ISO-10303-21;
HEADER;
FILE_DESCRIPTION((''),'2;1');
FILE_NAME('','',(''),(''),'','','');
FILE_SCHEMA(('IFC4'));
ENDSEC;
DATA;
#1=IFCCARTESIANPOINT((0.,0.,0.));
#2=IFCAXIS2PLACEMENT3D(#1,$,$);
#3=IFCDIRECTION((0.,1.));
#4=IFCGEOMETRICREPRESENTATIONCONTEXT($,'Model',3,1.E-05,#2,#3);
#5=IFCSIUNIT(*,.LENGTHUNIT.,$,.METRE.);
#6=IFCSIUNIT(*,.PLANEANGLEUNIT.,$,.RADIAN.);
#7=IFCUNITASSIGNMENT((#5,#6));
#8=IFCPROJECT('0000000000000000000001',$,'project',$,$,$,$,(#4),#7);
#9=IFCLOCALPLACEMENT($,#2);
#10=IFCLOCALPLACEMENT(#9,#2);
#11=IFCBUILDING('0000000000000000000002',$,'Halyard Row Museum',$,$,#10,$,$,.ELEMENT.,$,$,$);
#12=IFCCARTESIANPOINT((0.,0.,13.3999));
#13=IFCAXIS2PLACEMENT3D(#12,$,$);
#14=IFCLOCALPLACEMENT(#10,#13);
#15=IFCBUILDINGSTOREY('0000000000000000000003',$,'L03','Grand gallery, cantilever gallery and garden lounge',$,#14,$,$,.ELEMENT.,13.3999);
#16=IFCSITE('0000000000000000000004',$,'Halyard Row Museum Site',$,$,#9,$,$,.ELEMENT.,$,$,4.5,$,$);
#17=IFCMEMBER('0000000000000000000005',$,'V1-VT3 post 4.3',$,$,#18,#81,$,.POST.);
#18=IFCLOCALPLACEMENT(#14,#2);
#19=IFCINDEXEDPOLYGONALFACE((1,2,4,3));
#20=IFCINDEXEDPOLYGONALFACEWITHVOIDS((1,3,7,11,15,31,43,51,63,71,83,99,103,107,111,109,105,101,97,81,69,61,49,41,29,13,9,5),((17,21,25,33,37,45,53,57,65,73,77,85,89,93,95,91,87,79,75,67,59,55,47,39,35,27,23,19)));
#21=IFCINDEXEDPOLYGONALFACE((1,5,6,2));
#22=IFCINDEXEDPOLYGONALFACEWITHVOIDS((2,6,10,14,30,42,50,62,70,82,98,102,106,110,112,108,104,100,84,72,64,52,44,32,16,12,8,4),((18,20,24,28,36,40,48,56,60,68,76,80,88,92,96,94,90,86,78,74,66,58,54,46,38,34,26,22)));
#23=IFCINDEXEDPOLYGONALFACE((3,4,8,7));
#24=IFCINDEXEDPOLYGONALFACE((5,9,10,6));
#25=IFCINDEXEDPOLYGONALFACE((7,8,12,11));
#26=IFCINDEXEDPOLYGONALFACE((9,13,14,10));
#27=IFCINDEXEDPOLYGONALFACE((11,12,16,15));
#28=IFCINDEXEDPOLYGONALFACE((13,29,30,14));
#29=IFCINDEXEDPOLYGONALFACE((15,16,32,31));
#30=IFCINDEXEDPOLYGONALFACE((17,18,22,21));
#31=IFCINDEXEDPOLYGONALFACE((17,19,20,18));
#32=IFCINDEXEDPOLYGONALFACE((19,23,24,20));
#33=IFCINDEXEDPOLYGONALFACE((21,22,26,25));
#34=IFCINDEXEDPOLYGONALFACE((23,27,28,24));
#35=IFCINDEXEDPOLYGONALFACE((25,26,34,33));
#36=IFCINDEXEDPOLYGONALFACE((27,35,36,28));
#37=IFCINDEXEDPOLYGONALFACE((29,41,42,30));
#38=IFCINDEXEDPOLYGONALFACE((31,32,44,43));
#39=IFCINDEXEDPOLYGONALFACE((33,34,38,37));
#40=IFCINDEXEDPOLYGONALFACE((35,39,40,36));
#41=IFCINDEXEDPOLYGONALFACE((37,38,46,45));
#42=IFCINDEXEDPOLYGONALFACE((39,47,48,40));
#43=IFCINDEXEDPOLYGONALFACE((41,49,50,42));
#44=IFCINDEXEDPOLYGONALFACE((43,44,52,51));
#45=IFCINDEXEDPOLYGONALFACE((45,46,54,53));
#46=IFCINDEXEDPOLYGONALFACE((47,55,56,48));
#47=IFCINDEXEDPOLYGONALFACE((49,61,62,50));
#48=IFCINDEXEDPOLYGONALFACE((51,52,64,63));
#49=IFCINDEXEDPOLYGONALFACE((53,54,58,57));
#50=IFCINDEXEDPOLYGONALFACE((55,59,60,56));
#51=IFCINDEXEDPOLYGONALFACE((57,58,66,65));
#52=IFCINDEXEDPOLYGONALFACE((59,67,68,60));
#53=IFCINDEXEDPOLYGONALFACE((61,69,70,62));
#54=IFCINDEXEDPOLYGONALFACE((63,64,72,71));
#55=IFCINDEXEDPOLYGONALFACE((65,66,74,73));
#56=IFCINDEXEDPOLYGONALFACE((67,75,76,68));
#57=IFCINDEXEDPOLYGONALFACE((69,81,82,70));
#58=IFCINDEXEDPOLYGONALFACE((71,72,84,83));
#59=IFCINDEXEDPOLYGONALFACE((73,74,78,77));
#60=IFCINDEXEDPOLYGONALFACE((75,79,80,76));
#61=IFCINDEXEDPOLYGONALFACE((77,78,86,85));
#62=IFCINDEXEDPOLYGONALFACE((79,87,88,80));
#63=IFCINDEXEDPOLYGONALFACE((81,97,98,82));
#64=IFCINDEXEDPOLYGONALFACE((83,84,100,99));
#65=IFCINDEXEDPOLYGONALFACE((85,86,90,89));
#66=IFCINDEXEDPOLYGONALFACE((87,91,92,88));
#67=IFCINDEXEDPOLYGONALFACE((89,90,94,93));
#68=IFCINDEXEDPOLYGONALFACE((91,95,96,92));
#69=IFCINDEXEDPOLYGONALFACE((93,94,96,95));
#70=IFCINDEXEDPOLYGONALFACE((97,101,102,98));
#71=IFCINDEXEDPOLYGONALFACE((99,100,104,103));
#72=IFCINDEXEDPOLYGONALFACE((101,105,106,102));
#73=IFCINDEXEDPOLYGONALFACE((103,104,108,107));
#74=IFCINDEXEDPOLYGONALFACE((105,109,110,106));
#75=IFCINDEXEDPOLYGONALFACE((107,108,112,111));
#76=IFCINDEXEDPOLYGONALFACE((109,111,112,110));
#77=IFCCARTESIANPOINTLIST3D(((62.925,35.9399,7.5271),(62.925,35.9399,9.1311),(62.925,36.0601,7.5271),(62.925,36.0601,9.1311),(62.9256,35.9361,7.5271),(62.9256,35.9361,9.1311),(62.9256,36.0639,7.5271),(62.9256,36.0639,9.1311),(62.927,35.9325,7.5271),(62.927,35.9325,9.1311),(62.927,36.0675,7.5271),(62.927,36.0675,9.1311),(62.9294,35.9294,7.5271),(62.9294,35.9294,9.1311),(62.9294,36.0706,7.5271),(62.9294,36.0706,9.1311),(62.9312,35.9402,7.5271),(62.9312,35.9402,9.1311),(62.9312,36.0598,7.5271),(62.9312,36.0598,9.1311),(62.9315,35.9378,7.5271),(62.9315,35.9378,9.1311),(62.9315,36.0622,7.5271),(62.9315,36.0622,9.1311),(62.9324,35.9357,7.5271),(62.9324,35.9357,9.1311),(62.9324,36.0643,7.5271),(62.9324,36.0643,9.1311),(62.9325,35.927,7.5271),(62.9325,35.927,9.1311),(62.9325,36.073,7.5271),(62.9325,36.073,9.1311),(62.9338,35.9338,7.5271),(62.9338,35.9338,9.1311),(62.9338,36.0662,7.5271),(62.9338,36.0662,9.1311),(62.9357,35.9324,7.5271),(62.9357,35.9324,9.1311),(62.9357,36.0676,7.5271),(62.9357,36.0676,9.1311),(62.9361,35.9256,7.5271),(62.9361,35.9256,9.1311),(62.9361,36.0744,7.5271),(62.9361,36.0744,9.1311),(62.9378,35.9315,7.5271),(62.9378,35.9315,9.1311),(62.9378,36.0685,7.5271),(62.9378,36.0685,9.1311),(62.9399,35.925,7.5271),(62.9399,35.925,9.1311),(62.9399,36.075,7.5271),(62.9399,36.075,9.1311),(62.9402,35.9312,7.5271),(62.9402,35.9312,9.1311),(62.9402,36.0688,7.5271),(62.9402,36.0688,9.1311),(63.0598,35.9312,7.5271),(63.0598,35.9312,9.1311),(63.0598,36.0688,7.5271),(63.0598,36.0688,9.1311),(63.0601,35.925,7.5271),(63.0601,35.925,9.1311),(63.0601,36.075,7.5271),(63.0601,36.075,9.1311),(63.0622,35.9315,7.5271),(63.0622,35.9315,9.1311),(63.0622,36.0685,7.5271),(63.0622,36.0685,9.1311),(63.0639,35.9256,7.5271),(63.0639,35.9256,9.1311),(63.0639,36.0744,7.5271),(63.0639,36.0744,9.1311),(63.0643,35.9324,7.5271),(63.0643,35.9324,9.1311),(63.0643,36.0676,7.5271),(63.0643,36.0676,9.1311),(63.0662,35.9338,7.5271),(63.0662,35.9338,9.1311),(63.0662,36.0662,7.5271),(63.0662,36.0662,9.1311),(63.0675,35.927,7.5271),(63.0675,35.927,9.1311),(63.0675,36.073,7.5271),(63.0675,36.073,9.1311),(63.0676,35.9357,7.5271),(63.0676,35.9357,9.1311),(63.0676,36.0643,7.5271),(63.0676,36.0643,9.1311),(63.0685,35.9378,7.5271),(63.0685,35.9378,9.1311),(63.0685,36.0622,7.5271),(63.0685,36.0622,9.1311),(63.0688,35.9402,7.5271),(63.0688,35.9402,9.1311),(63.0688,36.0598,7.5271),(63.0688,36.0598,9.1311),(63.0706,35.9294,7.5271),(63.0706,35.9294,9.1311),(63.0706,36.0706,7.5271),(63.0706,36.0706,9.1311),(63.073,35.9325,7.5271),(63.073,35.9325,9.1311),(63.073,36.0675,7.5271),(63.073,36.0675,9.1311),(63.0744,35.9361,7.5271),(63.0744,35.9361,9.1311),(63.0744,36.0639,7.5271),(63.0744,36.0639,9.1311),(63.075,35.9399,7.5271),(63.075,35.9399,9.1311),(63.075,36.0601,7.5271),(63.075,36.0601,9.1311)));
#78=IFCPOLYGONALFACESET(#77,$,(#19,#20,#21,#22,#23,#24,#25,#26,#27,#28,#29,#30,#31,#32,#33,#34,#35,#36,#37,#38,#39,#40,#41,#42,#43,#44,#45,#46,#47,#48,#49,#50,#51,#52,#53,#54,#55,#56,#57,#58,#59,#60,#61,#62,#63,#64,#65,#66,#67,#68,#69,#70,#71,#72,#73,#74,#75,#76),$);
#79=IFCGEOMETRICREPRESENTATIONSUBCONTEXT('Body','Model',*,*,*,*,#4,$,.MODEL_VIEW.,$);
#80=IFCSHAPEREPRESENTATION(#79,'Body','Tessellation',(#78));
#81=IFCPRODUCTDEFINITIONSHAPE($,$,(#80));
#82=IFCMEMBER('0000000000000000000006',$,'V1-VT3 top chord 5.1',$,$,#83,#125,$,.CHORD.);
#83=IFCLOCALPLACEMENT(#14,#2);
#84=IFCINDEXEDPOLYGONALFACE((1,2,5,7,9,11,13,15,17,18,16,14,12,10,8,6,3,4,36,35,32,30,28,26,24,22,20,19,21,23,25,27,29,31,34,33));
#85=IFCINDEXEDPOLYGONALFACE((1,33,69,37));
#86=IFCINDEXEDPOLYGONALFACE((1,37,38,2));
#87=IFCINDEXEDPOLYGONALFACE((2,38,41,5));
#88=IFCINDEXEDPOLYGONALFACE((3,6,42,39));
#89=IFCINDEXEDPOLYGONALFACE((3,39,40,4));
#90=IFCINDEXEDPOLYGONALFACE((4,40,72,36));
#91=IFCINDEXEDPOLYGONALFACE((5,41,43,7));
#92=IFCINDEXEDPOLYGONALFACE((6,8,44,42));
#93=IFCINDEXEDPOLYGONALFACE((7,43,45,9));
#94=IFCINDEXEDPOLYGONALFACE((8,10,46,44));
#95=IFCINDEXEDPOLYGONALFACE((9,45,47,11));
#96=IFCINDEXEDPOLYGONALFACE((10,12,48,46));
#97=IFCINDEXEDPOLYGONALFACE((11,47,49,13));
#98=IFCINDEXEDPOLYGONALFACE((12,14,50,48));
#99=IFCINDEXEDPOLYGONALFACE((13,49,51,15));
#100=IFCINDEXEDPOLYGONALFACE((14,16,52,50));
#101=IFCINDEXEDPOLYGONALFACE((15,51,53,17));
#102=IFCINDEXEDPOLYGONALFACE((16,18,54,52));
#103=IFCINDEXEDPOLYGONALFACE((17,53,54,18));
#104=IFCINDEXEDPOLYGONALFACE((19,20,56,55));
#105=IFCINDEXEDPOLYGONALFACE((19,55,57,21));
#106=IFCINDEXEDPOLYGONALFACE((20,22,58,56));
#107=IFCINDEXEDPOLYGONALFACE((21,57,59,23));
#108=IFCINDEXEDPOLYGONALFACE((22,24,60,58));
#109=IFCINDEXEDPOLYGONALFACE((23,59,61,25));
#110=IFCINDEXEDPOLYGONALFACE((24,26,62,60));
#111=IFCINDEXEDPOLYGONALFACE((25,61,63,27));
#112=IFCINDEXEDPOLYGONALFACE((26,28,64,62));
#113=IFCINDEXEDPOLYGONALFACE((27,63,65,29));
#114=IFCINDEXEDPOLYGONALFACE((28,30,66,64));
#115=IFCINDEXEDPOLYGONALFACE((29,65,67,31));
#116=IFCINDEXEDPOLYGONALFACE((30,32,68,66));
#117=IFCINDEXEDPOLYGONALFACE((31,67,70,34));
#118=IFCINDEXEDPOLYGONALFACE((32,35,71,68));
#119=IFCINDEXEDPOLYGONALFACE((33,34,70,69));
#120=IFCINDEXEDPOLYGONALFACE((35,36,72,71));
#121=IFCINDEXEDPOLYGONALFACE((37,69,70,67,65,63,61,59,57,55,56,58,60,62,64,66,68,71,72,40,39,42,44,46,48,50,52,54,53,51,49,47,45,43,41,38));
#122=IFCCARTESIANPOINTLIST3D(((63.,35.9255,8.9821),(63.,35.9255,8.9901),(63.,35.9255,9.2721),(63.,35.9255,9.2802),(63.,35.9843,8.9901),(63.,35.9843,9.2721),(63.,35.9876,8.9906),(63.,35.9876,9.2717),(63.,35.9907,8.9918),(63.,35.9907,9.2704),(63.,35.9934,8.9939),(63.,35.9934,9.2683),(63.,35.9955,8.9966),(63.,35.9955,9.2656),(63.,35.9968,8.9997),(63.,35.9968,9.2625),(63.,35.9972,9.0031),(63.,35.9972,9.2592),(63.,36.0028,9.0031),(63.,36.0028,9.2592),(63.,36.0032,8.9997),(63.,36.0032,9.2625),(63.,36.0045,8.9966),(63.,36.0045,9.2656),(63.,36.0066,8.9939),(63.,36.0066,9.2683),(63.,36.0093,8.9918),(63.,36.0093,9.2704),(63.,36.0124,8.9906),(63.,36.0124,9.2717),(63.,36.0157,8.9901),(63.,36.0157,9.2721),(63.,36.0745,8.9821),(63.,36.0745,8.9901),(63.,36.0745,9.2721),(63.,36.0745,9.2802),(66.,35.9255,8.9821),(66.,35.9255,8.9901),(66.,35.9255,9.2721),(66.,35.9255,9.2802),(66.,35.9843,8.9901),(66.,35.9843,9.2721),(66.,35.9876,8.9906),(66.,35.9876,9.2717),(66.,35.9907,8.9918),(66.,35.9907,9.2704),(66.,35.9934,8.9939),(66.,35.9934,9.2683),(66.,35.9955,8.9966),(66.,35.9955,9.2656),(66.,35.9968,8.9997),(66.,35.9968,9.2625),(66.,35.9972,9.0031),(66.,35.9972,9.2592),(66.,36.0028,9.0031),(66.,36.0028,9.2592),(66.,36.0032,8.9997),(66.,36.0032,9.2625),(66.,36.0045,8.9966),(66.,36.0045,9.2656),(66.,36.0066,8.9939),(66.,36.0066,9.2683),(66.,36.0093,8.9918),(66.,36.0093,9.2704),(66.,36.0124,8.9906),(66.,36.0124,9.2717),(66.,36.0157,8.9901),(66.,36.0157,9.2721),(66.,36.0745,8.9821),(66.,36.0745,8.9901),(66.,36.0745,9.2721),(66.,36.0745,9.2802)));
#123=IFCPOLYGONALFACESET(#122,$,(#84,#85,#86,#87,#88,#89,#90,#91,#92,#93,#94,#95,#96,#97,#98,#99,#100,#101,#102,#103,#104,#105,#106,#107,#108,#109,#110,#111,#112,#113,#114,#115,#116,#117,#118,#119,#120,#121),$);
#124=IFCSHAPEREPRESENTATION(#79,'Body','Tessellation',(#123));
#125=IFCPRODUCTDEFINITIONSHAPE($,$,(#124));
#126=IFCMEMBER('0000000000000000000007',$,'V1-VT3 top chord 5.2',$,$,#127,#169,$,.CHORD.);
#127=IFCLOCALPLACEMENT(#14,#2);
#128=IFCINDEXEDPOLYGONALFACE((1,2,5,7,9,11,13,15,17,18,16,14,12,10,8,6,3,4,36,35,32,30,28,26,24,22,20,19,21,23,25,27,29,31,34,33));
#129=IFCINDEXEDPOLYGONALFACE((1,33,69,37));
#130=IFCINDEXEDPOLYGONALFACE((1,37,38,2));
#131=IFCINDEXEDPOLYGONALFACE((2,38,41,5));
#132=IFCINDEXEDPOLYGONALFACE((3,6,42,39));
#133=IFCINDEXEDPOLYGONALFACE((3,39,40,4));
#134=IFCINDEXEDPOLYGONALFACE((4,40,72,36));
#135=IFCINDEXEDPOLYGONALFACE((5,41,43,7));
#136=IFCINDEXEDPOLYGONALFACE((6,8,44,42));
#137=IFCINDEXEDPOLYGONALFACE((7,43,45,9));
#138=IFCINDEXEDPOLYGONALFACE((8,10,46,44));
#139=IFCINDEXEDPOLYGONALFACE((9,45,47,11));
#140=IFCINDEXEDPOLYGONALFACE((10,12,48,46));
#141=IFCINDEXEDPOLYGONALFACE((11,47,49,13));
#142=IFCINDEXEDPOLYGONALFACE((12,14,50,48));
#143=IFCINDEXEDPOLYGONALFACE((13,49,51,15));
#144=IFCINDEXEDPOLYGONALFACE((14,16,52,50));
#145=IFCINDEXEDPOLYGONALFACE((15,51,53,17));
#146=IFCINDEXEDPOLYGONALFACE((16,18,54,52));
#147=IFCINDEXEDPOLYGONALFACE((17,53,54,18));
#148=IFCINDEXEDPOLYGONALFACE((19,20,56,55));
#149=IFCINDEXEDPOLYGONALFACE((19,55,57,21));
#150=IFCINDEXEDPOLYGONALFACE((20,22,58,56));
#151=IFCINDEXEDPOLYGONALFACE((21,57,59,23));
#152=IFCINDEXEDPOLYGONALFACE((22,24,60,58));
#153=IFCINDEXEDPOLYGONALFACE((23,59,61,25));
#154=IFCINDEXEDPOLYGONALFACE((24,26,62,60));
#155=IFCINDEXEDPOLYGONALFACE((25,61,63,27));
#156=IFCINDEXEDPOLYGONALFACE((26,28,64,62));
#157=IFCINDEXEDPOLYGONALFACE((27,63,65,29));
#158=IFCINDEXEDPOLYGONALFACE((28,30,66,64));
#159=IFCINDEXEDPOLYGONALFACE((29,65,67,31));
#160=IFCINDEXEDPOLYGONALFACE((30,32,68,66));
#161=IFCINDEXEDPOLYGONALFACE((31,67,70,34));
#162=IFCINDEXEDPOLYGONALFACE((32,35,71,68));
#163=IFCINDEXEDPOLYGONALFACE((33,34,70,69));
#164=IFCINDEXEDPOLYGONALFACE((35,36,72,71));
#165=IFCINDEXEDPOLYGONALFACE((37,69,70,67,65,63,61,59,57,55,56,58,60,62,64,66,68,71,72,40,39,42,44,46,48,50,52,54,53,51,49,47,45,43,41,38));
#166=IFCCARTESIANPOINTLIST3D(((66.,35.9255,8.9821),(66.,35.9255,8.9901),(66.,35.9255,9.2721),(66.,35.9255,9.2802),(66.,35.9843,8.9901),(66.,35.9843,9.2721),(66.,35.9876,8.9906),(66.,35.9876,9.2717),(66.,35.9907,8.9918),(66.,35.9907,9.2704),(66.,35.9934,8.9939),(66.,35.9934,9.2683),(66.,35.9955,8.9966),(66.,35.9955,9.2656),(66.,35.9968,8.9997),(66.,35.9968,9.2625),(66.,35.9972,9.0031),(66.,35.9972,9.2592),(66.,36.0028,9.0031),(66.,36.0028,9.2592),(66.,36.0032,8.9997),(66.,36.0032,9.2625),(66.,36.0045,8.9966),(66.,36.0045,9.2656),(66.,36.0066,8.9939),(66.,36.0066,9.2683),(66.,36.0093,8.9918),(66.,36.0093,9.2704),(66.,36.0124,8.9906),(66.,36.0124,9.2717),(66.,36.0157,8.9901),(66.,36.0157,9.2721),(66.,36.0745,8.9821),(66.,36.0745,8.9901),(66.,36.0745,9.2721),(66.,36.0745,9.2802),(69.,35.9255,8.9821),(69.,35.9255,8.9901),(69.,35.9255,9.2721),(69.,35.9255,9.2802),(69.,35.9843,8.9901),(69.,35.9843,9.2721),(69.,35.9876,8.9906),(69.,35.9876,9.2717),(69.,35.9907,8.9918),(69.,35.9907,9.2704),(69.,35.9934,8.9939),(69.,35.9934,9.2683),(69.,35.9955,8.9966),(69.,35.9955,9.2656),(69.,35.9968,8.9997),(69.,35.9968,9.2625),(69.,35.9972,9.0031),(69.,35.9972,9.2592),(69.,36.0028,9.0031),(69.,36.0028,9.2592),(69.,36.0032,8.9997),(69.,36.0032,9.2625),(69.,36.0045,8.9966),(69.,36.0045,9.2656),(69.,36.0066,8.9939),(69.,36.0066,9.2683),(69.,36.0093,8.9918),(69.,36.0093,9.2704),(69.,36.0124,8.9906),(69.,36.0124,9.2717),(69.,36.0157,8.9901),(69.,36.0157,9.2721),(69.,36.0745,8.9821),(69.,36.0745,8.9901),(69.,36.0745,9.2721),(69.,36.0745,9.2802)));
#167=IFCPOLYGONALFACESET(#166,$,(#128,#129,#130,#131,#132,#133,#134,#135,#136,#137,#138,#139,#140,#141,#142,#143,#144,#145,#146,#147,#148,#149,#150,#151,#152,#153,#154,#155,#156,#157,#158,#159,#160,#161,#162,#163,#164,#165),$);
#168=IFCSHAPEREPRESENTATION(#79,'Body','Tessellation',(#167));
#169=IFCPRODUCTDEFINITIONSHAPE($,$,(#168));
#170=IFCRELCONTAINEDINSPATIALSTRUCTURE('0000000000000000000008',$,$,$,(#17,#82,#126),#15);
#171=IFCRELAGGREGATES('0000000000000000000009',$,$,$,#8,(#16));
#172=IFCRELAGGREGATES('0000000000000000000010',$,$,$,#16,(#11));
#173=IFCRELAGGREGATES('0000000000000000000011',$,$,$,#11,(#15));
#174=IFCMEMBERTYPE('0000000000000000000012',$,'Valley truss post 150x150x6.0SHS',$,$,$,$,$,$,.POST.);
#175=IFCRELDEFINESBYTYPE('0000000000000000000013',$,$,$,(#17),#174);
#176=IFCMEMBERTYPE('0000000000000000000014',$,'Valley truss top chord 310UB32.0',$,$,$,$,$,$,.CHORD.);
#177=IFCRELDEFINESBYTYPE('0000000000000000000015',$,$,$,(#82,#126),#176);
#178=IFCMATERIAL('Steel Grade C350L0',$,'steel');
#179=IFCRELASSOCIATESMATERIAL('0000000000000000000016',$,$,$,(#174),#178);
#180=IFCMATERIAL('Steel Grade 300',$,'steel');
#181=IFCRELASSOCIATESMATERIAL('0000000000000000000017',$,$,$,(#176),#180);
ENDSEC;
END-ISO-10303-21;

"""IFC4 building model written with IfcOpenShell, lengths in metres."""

from ifc_helpers import new_model, si_unit, direction, frame, origin, origin_2d, place, context, subcontext, project, spatial, hollow_rectangle, i_section, extrude, material, material_profile, profile_set, type_object, element, save


model = new_model("IFC4")

# Units and contexts
model_context = context("Model", 3, precision=1e-05, world=origin(), true_north=direction((0.0, 1.0)))
body_context = subcontext(model_context, "Body", "Model", "MODEL_VIEW")
ifc_project = project(units=[si_unit("LENGTHUNIT", "METRE"), si_unit("PLANEANGLEUNIT", "RADIAN")], contexts=[model_context])

# Site, building, storey
site_placement = place(None, origin())
site = spatial("IfcSite", under=ifc_project, at=site_placement, Name="Halyard Row Museum Site", CompositionType="ELEMENT", RefElevation=4.5)
building_placement = place(site_placement, origin())
building = spatial("IfcBuilding", under=site, at=building_placement, Name="Halyard Row Museum", CompositionType="ELEMENT")
storey_placement = place(building_placement, frame((0.0, 0.0, 13.3999)))
storey = spatial("IfcBuildingStorey", under=building, at=storey_placement, Name="L03", Description="Grand gallery, cantilever gallery and garden lounge", CompositionType="ELEMENT", Elevation=13.3999)

# Members
ifc_material_1 = material(Name="Steel Grade C350L0", Category="steel")
ifc_material_profile_1 = material_profile(ifc_material_1, hollow_rectangle(XDim=0.1499, YDim=0.1499, WallThickness=0.0061, InnerFilletRadius=0.009, OuterFilletRadius=0.0149, at=origin_2d()), Name="150x150x6.0SHS")
ifc_profile_set_1 = profile_set([ifc_material_profile_1], Name="Steel Grade C350L0")
member_type_1 = type_object("IfcMemberType", Name="Valley truss post 150x150x6.0SHS", PredefinedType="POST", material=ifc_profile_set_1)
member_placement = place(storey_placement, frame((63.0, 36.0, 7.5271), z_axis=(0.0, 0.0, 1.0), x_axis=(1.0, 0.0, 0.0)))
element("IfcMember", 1, at=member_placement, inside=storey, type_object=member_type_1, Name="V1-VT3 post 4.3", PredefinedType="POST", context=body_context, shape_type="SweptSolid", body=[
    extrude(hollow_rectangle(XDim=0.1499, YDim=0.1499, WallThickness=0.0061, InnerFilletRadius=0.009, OuterFilletRadius=0.0149, at=origin_2d()), origin(), (0.0, 0.0, 1.0), 1.604),
])
ifc_material_2 = material(Name="Steel Grade 300", Category="steel")
ifc_material_profile_2 = material_profile(ifc_material_2, i_section(OverallWidth=0.1489, OverallDepth=0.2981, WebThickness=0.0056, FlangeThickness=0.0081, FilletRadius=0.0129, at=origin_2d()), Name="310UB32.0")
ifc_profile_set_2 = profile_set([ifc_material_profile_2], Name="Steel Grade 300")
member_type_2 = type_object("IfcMemberType", Name="Valley truss top chord 310UB32.0", PredefinedType="CHORD", material=ifc_profile_set_2)
for number, where, z_axis, x_axis, name in (
    (2, (63.0, 36.0, 9.1311), (1.0, 0.0, 0.0), (0.0, 1.0, 0.0), "V1-VT3 top chord 5.1"),
    (3, (66.0, 36.0, 9.1311), (1.0, 0.0, 0.0), (0.0, 1.0, 0.0), "V1-VT3 top chord 5.2"),
):
    element("IfcMember", number, at=place(storey_placement, frame(where, z_axis=z_axis, x_axis=x_axis)), inside=storey, type_object=member_type_2, Name=name, PredefinedType="CHORD", context=body_context, shape_type="SweptSolid", body=[
        extrude(i_section(OverallWidth=0.1489, OverallDepth=0.2981, WebThickness=0.0056, FlangeThickness=0.0081, FilletRadius=0.0129, at=origin_2d()), origin(), (0.0, 0.0, 1.0), 3.0),
    ])

save(model, "model.ifc")
